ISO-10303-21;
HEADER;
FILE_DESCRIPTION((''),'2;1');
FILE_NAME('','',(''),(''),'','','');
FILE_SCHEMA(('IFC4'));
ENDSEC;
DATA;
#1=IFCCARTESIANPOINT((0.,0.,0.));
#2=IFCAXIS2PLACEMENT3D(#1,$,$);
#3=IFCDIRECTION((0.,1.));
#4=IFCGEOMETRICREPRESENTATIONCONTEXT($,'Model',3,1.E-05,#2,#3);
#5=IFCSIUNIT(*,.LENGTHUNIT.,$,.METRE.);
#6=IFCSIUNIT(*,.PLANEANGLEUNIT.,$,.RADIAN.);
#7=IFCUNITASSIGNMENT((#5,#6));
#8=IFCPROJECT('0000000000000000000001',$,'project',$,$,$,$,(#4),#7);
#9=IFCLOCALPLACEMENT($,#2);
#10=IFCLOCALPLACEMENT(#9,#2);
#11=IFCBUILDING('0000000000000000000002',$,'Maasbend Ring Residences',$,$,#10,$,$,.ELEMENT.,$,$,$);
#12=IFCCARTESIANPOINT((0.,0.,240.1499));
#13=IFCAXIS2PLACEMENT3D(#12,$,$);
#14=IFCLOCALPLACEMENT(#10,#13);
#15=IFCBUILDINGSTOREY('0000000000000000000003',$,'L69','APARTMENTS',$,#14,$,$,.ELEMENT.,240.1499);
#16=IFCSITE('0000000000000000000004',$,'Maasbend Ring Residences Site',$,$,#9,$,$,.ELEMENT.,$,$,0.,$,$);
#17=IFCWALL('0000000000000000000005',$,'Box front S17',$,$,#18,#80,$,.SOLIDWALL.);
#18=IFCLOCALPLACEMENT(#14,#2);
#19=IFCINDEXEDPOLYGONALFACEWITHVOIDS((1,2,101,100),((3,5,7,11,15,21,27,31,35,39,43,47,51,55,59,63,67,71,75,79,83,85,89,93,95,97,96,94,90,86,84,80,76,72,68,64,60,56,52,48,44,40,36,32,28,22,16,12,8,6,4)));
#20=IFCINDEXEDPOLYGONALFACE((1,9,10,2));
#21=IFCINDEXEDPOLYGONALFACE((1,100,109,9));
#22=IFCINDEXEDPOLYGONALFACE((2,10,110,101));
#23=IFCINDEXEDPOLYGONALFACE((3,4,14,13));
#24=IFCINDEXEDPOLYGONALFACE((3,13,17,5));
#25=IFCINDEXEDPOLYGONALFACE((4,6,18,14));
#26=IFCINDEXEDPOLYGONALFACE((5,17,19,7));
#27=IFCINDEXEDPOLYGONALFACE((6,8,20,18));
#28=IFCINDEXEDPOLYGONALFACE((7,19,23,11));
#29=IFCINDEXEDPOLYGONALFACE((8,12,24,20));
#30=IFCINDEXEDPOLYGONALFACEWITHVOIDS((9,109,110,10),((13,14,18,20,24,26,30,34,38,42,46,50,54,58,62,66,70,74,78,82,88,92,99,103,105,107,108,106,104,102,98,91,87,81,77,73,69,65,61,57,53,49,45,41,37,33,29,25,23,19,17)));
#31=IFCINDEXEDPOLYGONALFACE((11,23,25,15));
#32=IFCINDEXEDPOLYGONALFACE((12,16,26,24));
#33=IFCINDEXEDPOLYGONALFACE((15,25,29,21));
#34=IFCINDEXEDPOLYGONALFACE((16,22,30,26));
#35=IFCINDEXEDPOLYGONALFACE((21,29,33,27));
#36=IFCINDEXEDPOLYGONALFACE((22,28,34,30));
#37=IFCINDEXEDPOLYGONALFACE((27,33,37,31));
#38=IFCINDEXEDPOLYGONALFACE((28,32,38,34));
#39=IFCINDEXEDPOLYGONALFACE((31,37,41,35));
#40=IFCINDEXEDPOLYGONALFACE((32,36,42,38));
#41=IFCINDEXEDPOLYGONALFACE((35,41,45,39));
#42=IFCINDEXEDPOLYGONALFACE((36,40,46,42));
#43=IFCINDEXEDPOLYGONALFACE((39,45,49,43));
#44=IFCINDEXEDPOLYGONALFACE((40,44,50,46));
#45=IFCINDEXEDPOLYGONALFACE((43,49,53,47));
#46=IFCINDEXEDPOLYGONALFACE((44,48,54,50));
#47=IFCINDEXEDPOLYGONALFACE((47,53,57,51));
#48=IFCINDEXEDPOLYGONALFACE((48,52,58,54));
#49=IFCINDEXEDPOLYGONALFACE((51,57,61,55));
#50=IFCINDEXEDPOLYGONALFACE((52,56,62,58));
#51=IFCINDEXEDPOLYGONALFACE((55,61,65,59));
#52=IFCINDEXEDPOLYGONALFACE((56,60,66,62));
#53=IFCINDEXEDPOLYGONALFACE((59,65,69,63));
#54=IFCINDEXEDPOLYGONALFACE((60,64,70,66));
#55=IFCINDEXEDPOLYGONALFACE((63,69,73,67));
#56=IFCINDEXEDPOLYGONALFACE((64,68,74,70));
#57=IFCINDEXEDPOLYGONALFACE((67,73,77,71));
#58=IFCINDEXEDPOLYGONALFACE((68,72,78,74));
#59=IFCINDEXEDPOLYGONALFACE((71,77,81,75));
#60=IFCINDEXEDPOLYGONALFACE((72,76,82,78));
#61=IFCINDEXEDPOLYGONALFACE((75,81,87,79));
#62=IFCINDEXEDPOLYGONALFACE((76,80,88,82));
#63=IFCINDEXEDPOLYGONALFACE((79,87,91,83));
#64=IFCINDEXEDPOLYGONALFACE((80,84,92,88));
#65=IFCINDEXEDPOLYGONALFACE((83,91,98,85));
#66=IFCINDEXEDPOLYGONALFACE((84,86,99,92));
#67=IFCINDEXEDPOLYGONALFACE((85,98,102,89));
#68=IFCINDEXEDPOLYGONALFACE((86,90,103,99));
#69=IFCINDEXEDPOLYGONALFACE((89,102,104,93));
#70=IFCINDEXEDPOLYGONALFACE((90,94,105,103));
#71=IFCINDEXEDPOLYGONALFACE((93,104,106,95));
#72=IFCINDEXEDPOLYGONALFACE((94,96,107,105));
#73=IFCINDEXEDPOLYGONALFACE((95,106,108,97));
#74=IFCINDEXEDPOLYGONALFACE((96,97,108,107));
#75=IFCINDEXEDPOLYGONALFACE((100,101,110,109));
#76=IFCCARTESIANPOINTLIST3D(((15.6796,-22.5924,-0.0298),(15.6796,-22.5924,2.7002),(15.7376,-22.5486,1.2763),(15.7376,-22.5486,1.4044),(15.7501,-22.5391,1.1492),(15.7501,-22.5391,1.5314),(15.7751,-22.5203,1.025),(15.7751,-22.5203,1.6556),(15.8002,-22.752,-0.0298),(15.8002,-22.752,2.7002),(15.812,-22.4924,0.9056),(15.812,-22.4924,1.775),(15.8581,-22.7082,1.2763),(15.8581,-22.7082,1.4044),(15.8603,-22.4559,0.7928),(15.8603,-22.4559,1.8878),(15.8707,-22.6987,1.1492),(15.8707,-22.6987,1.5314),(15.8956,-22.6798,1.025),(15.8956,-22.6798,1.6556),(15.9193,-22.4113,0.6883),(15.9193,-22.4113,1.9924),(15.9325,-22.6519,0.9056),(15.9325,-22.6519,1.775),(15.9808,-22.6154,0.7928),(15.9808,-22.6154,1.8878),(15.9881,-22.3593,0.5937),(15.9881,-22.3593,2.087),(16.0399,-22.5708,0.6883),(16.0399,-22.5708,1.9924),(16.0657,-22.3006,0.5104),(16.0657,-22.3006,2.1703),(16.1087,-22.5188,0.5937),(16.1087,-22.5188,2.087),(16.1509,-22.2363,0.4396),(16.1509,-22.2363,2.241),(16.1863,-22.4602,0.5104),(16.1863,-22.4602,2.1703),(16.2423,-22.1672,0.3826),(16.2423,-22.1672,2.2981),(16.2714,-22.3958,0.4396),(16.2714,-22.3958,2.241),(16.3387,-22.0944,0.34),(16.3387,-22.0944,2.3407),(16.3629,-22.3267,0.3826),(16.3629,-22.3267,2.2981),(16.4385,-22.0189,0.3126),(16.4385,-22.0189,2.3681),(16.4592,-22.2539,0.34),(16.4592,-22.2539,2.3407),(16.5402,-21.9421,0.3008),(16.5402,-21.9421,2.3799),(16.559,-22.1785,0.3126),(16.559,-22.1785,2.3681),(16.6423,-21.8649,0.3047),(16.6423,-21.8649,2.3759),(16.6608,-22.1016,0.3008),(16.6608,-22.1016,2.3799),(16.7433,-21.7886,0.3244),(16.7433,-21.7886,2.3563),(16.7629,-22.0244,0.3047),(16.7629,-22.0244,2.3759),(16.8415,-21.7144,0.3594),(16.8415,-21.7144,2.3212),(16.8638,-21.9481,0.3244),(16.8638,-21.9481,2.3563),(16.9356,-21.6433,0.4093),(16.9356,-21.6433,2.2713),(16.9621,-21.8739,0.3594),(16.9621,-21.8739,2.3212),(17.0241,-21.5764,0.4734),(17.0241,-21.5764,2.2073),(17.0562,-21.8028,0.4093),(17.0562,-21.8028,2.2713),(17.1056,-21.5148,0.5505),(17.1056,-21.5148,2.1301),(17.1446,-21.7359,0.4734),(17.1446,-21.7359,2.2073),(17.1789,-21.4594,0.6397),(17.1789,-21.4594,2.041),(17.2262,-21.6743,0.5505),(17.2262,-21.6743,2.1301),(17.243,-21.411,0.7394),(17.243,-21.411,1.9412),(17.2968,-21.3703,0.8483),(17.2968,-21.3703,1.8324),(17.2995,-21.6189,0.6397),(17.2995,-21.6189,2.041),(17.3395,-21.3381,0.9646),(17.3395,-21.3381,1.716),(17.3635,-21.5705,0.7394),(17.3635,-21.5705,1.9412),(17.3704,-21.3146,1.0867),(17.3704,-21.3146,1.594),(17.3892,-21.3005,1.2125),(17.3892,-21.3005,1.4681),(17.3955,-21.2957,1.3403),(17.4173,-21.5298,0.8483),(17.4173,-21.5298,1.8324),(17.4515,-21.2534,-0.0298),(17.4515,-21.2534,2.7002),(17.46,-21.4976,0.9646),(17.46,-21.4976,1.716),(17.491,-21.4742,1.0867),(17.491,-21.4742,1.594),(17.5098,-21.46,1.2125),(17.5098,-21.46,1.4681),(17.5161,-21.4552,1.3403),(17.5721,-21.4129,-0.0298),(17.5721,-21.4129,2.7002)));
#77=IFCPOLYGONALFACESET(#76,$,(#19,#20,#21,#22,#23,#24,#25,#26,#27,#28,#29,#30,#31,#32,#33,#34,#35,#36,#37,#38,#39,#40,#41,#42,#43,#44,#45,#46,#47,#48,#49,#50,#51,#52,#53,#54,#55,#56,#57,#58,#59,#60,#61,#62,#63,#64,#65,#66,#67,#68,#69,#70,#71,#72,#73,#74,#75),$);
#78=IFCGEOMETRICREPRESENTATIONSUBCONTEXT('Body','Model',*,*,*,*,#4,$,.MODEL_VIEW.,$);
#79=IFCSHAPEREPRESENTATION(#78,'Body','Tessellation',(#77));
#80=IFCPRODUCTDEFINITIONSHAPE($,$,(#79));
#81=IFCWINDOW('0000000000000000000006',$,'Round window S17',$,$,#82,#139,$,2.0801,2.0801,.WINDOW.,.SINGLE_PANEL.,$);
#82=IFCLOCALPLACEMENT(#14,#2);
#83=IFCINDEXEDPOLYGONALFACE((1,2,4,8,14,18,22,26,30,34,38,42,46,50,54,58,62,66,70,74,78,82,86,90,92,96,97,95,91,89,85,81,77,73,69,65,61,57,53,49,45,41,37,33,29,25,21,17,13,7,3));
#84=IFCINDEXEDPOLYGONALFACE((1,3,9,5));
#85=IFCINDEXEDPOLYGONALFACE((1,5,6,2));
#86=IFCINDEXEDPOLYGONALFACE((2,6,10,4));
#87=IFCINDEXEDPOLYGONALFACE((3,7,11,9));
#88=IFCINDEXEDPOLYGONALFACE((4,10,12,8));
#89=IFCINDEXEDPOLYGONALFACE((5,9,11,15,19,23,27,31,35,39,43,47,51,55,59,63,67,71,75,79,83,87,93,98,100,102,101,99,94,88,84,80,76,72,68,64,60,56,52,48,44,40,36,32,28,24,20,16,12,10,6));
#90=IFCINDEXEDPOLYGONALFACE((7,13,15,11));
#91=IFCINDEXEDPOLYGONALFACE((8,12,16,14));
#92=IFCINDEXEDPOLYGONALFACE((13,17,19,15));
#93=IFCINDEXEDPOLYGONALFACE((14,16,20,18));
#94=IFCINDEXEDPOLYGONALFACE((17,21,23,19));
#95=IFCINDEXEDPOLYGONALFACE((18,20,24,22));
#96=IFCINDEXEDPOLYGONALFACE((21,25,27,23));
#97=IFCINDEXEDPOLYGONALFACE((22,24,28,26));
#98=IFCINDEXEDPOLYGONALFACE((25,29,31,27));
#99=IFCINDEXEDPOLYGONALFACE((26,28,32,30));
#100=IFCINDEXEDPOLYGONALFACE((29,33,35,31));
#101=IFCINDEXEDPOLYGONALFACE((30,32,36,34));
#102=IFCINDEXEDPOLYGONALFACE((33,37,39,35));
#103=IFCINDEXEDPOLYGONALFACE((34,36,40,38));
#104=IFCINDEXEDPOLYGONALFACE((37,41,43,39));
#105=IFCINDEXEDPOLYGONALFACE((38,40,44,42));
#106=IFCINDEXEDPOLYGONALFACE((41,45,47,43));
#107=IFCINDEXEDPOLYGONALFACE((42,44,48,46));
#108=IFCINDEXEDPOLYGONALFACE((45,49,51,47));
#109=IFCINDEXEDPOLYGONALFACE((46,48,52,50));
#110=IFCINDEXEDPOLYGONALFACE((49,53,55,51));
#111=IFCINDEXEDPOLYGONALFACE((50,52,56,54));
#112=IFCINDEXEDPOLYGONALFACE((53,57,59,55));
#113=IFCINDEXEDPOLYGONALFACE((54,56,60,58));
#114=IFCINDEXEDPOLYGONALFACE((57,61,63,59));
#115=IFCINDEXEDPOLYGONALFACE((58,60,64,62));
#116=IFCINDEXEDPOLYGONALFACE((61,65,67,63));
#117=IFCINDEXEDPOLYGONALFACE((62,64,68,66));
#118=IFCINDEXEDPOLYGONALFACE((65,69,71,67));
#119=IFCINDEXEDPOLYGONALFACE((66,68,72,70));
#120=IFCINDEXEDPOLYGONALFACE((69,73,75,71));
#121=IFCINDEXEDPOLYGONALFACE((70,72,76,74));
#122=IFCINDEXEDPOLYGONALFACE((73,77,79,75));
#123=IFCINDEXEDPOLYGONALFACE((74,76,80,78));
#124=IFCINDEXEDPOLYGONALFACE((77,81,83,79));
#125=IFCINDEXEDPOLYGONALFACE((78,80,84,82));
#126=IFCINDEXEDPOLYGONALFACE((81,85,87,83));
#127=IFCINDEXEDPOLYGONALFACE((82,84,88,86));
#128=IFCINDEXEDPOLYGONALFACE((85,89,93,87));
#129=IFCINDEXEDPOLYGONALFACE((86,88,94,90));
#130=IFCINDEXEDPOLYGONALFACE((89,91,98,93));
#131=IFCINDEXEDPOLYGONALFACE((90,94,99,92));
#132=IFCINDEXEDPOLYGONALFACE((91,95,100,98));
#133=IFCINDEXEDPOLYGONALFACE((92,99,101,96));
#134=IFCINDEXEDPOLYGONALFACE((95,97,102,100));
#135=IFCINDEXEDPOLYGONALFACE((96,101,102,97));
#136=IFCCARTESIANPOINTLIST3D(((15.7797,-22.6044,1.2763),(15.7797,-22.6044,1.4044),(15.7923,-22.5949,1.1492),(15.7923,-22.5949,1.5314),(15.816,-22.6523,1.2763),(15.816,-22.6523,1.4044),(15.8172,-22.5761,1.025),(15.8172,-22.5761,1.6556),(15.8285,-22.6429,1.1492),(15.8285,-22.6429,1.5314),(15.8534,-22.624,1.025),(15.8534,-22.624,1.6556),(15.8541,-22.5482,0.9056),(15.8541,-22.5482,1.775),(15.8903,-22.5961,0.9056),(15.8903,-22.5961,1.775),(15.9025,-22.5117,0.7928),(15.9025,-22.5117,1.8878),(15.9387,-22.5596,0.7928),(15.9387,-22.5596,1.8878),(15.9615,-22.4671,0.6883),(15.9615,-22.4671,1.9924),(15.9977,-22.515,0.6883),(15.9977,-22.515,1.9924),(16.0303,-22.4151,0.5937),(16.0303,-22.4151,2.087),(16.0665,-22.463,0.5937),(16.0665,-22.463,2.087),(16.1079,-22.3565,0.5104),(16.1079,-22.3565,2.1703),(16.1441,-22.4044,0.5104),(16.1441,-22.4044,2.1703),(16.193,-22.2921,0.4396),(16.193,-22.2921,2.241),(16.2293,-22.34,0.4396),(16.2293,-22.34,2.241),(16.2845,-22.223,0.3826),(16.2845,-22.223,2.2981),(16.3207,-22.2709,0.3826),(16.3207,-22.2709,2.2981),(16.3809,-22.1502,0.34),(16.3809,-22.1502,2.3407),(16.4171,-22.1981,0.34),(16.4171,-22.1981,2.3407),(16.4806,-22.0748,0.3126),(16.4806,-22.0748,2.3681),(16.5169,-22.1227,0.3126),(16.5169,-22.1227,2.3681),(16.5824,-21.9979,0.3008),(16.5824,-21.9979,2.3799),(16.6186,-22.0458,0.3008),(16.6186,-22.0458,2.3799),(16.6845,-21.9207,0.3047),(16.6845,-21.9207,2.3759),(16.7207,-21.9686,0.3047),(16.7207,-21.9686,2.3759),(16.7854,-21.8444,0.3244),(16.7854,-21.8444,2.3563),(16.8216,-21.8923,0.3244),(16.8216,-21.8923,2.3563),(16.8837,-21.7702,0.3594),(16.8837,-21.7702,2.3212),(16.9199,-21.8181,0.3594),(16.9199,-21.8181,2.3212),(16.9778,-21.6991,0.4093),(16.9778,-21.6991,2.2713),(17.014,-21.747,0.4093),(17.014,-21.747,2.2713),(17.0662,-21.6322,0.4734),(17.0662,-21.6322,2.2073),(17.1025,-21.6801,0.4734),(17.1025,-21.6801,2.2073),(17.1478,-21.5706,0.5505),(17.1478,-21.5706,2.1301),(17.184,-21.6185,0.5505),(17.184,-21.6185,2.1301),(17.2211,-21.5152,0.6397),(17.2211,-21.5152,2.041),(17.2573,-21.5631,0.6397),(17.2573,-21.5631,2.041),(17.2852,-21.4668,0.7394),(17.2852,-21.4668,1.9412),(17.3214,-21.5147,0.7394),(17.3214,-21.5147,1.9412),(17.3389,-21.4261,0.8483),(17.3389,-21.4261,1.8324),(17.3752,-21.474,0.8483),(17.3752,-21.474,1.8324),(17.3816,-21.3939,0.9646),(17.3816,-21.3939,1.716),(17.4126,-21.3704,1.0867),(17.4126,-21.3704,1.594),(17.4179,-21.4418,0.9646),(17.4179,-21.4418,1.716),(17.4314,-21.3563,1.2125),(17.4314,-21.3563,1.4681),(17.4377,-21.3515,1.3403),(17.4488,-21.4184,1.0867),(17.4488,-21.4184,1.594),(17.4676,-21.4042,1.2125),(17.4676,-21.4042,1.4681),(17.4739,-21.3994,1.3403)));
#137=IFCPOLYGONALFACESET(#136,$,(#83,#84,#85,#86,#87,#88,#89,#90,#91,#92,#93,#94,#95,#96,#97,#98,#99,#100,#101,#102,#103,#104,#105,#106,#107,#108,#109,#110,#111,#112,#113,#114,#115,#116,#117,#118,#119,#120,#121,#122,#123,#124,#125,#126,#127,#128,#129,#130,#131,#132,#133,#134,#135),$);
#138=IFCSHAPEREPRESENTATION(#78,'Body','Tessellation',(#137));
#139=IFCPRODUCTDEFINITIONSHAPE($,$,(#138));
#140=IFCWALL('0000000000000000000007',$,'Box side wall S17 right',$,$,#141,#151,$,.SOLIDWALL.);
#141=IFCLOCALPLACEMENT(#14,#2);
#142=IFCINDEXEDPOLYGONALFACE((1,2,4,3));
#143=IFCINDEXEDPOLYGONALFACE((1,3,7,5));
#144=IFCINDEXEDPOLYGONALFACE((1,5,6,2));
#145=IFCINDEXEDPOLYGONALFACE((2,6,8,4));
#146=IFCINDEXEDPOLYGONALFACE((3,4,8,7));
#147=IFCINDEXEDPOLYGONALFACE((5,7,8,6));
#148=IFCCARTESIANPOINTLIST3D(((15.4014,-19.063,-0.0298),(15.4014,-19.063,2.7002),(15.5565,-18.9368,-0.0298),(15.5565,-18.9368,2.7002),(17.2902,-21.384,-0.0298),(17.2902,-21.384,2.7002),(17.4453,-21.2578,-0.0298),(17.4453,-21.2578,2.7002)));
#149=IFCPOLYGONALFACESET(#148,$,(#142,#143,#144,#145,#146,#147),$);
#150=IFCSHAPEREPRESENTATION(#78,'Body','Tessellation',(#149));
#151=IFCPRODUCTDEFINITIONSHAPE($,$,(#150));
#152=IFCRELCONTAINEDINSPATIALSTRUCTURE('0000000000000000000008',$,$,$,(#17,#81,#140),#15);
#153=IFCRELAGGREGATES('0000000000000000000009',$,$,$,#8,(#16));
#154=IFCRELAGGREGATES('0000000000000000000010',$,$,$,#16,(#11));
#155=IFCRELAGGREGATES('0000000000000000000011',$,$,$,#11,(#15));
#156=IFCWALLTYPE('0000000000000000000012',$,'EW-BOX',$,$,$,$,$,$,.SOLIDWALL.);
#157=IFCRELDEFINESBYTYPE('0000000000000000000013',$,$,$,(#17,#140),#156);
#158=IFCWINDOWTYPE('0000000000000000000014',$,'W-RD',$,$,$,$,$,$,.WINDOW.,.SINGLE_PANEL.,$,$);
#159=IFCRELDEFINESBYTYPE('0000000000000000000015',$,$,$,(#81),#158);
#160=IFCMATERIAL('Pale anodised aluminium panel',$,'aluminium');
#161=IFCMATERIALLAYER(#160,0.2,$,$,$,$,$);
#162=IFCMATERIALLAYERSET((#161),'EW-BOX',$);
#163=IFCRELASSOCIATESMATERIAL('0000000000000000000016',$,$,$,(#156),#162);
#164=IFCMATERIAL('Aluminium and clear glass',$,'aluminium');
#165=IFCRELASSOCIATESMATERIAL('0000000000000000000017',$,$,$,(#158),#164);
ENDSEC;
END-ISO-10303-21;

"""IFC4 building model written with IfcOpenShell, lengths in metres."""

from ifc_helpers import new_model, si_unit, direction, frame, frame_2d, origin, place, context, subcontext, project, spatial, rectangle, circle, extrude, material, layer, layer_set, type_object, element, fill, save


model = new_model("IFC4")

# Units and contexts
model_context = context("Model", 3, precision=1e-05, world=origin(), true_north=direction((0.0, 1.0)))
body_context = subcontext(model_context, "Body", "Model", "MODEL_VIEW")
ifc_project = project(units=[si_unit("LENGTHUNIT", "METRE"), si_unit("PLANEANGLEUNIT", "RADIAN")], contexts=[model_context])

# Site, building, storey
site_placement = place(None, origin())
site = spatial("IfcSite", under=ifc_project, at=site_placement, Name="Maasbend Ring Residences Site", CompositionType="ELEMENT", RefElevation=0.0)
building_placement = place(site_placement, origin())
building = spatial("IfcBuilding", under=site, at=building_placement, Name="Maasbend Ring Residences", CompositionType="ELEMENT")
storey_placement = place(building_placement, frame((0.0, 0.0, 240.1499)))
storey = spatial("IfcBuildingStorey", under=building, at=storey_placement, Name="L69", Description="APARTMENTS", CompositionType="ELEMENT", Elevation=240.1499)

# Wall, opening, window
ifc_material_1 = material(Name="Pale anodised aluminium panel", Category="aluminium")
ifc_layer_1 = layer(ifc_material_1, 0.2)
ifc_layer_set_1 = layer_set([ifc_layer_1], Name="EW-BOX")
wall_type_1 = type_object("IfcWallType", Name="EW-BOX", PredefinedType="SOLIDWALL", material=ifc_layer_set_1)
wall_1_placement = place(storey_placement, frame((15.74, -22.6721, -0.0298), z_axis=(0.0, 0.0, 1.0), x_axis=(0.797805, 0.602916, 0.0)))
wall_1 = element("IfcWall", 1, at=wall_1_placement, inside=storey, type_object=wall_type_1, Name="Box front S17", PredefinedType="SOLIDWALL", context=body_context, shape_type="SweptSolid", body=[
    extrude(rectangle(XDim=2.2209, YDim=0.2, at=frame_2d((1.1104, 0.0))), origin(), (0.0, 0.0, 1.0), 2.73),
])
opening_1_placement = place(wall_1_placement, frame((0.0706, 0.0, 0.3301)))
opening_1 = element("IfcOpeningElement", 2, at=opening_1_placement, cuts=wall_1, PredefinedType="OPENING", context=body_context, shape_type="SweptSolid", body=[
    extrude(circle(Radius=1.04, at=frame_2d((1.04, 1.04))), frame((0.0, 0.1099, 0.0), z_axis=(0.0, -1.0, 0.0), x_axis=(1.0, 0.0, 0.0)), (0.0, 0.0, 1.0), 0.22),
])
ifc_material_2 = material(Name="Aluminium and clear glass", Category="aluminium")
window_type_1 = type_object("IfcWindowType", Name="W-RD", PartitioningType="SINGLE_PANEL", PredefinedType="WINDOW", material=ifc_material_2)
window_1_placement = place(opening_1_placement, origin())
window_1 = element("IfcWindow", 3, at=window_1_placement, inside=storey, type_object=window_type_1, Name="Round window S17", OverallHeight=2.0801, OverallWidth=2.0801, PartitioningType="SINGLE_PANEL", PredefinedType="WINDOW", context=body_context, shape_type="SweptSolid", body=[
    extrude(circle(Radius=1.04, at=frame_2d((1.04, 1.04))), frame((0.0, 0.03, 0.0), z_axis=(0.0, -1.0, 0.0), x_axis=(1.0, 0.0, 0.0)), (0.0, 0.0, 1.0), 0.0601),
])
fill(opening_1, window_1)

# Wall
wall_2_placement = place(storey_placement, frame((15.479, -19.0, -0.0298), z_axis=(0.0, 0.0, 1.0), x_axis=(0.63121, -0.775612, 0.0)))
element("IfcWall", 4, at=wall_2_placement, inside=storey, type_object=wall_type_1, Name="Box side wall S17 right", PredefinedType="SOLIDWALL", context=body_context, shape_type="SweptSolid", body=[
    extrude(rectangle(XDim=2.9924, YDim=0.2, at=frame_2d((1.4961, 0.0))), origin(), (0.0, 0.0, 1.0), 2.73),
])

save(model, "model.ifc")
